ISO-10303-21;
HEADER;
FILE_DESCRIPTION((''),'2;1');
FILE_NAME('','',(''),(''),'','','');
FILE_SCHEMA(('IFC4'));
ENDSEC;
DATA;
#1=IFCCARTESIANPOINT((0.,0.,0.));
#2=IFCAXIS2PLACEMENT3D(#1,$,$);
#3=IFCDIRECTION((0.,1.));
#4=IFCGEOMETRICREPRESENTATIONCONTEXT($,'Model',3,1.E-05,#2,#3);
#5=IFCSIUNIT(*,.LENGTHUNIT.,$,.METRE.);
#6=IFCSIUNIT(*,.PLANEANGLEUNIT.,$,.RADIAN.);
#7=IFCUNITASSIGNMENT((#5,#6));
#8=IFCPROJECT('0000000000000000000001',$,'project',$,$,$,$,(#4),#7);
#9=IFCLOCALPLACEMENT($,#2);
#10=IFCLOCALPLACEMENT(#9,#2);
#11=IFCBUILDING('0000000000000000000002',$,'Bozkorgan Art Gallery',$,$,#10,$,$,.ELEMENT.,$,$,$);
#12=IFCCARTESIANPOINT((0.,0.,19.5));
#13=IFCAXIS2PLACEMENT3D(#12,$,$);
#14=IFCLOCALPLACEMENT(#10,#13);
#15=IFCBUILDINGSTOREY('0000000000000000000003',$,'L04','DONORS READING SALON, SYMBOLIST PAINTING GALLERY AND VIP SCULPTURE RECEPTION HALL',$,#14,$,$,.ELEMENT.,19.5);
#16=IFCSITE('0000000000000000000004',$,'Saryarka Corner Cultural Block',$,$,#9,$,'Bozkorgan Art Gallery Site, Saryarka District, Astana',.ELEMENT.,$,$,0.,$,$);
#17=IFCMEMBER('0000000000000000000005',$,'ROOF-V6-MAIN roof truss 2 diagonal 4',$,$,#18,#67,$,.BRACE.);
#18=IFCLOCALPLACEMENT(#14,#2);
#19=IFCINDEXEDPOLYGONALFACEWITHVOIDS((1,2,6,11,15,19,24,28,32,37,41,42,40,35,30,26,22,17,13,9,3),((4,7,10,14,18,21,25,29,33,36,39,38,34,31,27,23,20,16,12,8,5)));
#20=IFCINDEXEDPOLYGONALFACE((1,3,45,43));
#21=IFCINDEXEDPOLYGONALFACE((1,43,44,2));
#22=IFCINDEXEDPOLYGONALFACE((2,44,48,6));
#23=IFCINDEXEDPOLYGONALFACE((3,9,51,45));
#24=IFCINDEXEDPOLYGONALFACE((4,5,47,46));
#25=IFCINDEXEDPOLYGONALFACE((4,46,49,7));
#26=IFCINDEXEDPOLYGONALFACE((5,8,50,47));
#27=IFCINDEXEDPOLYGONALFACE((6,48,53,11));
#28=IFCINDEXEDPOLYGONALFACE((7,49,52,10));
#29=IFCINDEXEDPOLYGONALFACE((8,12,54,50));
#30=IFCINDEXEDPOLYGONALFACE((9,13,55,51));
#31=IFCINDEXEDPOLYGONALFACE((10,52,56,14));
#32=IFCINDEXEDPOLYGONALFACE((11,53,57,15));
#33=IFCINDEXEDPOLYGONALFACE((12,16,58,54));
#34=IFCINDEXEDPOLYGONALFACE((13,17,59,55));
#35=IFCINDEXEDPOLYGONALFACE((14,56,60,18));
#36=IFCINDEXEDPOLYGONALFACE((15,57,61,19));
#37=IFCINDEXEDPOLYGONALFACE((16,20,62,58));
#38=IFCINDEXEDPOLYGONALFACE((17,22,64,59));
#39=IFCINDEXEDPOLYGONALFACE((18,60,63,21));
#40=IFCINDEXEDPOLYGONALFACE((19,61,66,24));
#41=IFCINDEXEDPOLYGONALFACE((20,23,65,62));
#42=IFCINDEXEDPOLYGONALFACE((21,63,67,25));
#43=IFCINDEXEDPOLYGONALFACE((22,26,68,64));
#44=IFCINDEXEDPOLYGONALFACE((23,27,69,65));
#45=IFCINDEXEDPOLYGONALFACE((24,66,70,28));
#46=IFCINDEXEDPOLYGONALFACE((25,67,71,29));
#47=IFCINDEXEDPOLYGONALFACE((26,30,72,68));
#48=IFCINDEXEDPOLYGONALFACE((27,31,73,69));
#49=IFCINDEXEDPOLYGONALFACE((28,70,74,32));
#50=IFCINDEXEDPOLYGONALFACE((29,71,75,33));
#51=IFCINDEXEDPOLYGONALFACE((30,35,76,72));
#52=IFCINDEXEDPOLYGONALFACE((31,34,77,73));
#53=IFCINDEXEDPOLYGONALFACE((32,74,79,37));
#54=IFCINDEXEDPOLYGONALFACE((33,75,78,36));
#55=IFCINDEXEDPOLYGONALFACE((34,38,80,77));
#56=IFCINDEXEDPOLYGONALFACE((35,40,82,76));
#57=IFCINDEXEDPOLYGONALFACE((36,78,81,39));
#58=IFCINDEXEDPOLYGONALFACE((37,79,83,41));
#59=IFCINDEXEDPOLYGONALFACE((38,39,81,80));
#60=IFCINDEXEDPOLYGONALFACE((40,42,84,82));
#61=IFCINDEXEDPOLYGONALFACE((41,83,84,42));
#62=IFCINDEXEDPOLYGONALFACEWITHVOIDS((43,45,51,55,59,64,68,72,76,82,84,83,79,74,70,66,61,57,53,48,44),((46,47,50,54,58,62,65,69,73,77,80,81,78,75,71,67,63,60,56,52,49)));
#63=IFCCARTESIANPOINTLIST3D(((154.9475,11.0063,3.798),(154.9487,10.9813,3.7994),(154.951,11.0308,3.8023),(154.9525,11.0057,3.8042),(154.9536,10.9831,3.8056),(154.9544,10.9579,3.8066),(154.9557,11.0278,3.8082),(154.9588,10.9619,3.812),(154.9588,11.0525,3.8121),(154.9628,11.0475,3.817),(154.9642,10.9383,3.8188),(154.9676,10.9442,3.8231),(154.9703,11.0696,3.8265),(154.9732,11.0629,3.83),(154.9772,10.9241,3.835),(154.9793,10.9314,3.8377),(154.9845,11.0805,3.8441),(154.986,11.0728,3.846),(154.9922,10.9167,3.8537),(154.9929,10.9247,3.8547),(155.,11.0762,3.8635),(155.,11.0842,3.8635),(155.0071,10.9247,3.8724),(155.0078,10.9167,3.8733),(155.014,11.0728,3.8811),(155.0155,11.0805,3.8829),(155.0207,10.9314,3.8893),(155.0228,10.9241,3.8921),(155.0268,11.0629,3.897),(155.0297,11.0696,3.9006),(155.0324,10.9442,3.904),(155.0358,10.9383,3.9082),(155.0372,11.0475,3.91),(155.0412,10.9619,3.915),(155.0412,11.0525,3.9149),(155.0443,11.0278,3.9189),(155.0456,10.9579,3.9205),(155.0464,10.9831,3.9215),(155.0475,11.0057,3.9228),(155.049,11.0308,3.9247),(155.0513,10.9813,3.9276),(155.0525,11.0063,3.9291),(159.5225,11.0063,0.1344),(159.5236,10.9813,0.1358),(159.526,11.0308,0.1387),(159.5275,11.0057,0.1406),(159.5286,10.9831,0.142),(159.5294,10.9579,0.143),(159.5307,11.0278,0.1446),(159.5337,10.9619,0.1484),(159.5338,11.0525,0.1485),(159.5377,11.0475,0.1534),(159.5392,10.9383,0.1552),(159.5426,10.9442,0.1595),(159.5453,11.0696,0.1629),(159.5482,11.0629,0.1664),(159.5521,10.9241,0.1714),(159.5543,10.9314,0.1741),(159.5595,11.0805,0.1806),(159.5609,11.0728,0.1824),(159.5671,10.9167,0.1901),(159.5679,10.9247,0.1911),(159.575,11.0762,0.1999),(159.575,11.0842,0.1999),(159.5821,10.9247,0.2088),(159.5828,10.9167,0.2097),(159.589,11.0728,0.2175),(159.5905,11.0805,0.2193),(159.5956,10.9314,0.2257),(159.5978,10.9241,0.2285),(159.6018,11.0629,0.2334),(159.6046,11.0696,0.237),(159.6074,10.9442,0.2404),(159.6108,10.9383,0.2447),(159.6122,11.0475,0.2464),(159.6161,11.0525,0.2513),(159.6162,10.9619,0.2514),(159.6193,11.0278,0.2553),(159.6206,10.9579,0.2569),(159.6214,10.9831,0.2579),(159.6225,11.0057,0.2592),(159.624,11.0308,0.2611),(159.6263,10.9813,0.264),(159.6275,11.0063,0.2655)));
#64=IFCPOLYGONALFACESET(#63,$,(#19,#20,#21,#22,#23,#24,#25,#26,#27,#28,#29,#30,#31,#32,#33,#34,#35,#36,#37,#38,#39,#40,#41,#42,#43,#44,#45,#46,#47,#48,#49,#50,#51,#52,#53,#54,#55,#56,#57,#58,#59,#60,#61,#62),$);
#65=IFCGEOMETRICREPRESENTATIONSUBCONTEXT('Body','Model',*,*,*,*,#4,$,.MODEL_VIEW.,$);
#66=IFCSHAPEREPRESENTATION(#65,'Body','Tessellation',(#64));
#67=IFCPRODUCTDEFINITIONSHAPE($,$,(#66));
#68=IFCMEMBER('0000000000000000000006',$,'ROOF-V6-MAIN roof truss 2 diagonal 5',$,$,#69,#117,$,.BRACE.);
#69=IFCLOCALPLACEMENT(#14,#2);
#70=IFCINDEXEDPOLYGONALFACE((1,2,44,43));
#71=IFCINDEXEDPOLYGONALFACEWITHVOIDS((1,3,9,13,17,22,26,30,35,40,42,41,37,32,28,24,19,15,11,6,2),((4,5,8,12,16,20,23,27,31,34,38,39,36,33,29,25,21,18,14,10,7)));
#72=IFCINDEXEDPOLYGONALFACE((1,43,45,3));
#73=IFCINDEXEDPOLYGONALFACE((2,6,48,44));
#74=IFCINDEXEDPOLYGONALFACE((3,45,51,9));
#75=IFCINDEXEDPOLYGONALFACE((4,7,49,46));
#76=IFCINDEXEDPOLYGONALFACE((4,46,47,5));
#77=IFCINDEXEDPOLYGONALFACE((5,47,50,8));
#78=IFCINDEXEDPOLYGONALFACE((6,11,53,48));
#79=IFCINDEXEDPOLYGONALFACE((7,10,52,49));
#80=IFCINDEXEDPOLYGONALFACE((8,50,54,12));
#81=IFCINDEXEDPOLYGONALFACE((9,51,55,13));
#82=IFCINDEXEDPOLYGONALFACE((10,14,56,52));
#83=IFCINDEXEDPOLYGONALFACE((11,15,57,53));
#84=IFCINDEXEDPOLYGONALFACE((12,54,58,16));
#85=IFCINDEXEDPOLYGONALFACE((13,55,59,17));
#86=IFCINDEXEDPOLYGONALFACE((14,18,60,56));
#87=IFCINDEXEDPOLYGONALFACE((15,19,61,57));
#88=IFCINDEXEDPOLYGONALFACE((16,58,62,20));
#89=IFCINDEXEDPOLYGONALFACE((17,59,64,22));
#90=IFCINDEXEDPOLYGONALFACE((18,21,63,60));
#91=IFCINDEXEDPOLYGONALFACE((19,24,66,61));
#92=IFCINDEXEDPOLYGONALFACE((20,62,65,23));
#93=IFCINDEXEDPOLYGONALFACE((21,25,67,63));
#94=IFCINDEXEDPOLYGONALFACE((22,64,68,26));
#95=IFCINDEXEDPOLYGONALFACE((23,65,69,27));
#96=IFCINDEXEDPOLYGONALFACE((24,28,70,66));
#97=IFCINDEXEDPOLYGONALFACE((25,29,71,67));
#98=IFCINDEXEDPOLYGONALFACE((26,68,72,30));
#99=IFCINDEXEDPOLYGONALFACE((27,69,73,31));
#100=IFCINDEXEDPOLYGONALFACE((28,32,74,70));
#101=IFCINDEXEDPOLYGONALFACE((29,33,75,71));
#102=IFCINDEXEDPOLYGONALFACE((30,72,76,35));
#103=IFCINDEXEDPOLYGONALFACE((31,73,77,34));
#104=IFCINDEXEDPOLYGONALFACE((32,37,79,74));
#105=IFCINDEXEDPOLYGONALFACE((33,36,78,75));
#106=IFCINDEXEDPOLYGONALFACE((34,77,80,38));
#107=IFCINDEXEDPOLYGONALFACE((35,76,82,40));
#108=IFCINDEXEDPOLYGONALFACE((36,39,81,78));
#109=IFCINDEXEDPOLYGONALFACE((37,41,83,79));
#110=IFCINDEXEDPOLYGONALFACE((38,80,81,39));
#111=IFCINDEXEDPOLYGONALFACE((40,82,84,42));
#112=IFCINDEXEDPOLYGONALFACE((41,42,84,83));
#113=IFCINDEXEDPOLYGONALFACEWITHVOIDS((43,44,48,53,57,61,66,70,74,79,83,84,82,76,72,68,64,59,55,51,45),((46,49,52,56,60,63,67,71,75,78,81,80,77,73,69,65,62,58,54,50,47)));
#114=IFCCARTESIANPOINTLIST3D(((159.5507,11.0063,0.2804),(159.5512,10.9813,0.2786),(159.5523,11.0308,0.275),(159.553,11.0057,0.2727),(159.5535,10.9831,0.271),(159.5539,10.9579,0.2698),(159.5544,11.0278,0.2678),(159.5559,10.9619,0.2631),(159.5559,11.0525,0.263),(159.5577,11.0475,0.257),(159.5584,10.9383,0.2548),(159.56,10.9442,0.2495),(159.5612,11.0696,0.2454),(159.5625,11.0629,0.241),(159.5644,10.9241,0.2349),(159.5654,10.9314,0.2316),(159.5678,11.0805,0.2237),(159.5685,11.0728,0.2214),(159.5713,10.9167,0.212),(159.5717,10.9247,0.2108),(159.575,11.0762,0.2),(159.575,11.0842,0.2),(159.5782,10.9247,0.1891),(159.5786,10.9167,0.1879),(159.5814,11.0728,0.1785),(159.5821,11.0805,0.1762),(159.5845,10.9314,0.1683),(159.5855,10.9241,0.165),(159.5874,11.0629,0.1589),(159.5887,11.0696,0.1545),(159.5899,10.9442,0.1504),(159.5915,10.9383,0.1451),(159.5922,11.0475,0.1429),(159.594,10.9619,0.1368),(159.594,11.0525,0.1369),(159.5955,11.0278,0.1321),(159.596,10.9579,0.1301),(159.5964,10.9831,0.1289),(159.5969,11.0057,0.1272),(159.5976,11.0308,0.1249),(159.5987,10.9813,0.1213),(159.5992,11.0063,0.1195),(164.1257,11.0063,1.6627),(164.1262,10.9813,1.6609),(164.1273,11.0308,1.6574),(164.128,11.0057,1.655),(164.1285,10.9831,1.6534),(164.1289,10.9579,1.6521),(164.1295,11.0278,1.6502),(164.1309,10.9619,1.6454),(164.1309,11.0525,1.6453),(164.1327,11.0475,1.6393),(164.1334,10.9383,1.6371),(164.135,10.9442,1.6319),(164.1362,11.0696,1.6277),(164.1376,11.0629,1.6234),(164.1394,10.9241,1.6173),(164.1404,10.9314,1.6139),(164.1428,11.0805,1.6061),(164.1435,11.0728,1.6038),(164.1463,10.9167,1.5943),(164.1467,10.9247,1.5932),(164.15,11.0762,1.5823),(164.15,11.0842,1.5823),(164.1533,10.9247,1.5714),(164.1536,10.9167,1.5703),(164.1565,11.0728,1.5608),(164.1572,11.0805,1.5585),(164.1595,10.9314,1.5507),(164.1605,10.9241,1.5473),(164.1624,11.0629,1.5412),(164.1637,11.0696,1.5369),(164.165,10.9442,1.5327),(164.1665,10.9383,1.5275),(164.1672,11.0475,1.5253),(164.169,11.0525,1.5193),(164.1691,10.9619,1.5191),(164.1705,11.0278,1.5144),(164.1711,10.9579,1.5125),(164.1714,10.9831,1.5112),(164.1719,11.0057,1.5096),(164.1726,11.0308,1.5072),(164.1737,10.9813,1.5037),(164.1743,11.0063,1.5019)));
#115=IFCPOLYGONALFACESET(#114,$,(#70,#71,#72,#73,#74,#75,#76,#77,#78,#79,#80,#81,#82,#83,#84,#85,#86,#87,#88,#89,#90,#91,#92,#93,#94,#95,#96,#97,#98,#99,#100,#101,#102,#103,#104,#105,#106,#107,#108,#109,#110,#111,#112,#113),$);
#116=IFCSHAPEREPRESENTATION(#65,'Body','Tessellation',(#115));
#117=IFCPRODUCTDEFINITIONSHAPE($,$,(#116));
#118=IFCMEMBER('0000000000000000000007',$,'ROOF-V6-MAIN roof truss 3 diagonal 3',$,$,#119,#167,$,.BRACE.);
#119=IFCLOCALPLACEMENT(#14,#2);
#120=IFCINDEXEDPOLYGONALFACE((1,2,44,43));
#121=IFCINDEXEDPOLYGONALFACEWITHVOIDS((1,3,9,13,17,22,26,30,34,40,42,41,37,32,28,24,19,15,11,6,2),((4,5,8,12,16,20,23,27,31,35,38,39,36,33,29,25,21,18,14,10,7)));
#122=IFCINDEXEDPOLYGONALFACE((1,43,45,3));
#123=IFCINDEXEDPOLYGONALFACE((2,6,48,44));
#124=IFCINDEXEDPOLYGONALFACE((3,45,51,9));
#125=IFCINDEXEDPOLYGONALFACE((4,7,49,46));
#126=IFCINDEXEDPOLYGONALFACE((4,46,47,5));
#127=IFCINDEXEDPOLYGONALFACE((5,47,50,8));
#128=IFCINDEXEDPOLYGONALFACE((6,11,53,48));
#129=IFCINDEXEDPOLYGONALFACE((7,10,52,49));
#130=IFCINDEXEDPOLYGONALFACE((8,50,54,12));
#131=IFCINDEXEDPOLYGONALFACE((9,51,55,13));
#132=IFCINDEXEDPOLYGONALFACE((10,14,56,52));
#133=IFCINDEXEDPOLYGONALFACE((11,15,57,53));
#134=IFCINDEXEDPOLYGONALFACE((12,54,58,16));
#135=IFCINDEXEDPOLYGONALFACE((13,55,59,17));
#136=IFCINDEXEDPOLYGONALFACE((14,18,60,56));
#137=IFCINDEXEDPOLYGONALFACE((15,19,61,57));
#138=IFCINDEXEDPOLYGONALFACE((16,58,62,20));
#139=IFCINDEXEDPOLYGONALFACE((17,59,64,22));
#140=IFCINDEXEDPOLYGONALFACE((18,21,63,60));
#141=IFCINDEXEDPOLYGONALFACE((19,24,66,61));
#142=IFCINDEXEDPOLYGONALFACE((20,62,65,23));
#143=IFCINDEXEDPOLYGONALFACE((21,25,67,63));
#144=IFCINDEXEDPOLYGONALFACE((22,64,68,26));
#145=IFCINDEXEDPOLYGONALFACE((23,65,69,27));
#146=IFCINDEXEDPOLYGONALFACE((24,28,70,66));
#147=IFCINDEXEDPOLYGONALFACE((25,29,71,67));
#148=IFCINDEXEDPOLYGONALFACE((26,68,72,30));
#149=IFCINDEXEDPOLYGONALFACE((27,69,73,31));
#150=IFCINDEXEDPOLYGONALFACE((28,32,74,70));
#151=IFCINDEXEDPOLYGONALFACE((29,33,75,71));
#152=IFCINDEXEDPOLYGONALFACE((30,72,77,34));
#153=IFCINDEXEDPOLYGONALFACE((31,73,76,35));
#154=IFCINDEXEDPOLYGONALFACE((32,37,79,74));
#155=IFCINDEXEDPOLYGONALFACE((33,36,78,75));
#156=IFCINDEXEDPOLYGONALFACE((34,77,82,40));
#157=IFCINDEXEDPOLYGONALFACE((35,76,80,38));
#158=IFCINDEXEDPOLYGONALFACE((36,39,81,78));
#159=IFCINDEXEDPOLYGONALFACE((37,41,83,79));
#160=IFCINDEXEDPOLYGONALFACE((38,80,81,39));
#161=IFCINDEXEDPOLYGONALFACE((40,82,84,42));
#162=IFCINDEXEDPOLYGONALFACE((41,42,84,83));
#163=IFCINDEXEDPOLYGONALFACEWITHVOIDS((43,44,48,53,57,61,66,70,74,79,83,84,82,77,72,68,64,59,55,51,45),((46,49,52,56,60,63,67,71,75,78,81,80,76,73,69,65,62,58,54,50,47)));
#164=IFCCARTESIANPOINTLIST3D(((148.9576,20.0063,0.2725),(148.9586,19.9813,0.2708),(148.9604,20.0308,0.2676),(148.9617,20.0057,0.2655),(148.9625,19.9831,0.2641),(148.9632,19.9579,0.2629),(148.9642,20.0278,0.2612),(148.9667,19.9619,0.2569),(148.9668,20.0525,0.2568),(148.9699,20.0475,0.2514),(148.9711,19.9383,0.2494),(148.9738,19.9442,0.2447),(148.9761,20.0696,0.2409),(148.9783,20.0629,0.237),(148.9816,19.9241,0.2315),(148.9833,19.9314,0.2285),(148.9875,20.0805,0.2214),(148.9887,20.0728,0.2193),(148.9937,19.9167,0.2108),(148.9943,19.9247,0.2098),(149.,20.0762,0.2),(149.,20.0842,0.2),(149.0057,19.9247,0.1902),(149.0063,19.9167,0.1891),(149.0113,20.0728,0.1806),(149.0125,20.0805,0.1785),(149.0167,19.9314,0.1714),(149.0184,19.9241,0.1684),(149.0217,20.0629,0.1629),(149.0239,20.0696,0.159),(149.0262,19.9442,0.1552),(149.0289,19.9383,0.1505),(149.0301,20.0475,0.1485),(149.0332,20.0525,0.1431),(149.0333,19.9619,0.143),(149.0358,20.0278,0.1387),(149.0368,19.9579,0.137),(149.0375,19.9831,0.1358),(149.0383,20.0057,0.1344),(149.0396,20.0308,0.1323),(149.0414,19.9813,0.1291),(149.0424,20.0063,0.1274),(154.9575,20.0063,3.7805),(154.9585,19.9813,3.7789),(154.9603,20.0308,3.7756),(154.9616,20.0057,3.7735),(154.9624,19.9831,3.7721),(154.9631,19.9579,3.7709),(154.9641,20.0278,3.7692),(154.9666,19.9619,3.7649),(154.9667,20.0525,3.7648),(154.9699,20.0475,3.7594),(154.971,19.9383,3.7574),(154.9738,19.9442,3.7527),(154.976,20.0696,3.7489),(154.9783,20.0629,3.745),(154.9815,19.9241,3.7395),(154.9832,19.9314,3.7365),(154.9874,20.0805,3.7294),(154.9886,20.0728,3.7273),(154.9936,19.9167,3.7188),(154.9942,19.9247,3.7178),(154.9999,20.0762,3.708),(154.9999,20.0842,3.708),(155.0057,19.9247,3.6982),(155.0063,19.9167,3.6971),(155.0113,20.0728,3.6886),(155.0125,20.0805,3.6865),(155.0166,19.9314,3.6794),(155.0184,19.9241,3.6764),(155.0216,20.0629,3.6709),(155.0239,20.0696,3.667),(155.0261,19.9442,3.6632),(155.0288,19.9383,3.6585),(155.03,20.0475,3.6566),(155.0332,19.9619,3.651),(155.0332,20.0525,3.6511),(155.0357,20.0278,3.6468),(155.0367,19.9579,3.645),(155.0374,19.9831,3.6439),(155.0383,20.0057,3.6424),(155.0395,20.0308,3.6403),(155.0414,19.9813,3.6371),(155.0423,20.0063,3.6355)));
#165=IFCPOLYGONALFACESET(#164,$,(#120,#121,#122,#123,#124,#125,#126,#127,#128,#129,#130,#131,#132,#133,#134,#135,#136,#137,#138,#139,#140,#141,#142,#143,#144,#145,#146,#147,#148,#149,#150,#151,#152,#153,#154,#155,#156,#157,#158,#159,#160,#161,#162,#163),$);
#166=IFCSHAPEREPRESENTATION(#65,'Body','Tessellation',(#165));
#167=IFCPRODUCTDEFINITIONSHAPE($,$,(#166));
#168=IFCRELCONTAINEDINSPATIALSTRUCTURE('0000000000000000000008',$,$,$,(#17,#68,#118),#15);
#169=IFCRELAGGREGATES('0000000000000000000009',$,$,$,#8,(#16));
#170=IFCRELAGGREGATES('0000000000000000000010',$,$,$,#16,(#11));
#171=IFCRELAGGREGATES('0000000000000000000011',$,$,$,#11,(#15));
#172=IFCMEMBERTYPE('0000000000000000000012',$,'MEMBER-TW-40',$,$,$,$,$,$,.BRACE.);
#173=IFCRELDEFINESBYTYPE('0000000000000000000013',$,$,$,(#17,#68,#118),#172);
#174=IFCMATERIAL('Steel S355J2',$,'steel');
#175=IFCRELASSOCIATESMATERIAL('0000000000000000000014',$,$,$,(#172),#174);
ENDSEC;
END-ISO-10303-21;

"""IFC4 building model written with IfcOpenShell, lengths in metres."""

from ifc_helpers import new_model, si_unit, direction, frame, origin, origin_2d, place, context, subcontext, project, spatial, hollow_circle, extrude, material, material_profile, profile_set, type_object, element, save


model = new_model("IFC4")

# Units and contexts
model_context = context("Model", 3, precision=1e-05, world=origin(), true_north=direction((0.0, 1.0)))
body_context = subcontext(model_context, "Body", "Model", "MODEL_VIEW")
ifc_project = project(units=[si_unit("LENGTHUNIT", "METRE"), si_unit("PLANEANGLEUNIT", "RADIAN")], contexts=[model_context])

# Site, building, storey
site_placement = place(None, origin())
site = spatial("IfcSite", under=ifc_project, at=site_placement, Name="Saryarka Corner Cultural Block", LongName="Bozkorgan Art Gallery Site, Saryarka District, Astana", CompositionType="ELEMENT", RefElevation=0.0)
building_placement = place(site_placement, origin())
building = spatial("IfcBuilding", under=site, at=building_placement, Name="Bozkorgan Art Gallery", CompositionType="ELEMENT")
storey_placement = place(building_placement, frame((0.0, 0.0, 19.5)))
storey = spatial("IfcBuildingStorey", under=building, at=storey_placement, Name="L04", Description="DONORS READING SALON, SYMBOLIST PAINTING GALLERY AND VIP SCULPTURE RECEPTION HALL", CompositionType="ELEMENT", Elevation=19.5)

# Members
ifc_material_1 = material(Name="Steel S355J2", Category="steel")
ifc_material_profile_1 = material_profile(ifc_material_1, hollow_circle(Radius=0.0842, WallThickness=0.0081, at=origin_2d()), Name="CHS 168.3x8")
ifc_profile_set_1 = profile_set([ifc_material_profile_1], Name="Steel S355J2")
member_type_1 = type_object("IfcMemberType", Name="MEMBER-TW-40", PredefinedType="BRACE", material=ifc_profile_set_1)
member_1_placement = place(storey_placement, frame((155.0, 11.0, 3.8635), z_axis=(0.780568, 0.0, -0.625071), x_axis=(0.0, 1.0, 0.0)))
element("IfcMember", 1, at=member_1_placement, inside=storey, type_object=member_type_1, Name="ROOF-V6-MAIN roof truss 2 diagonal 4", PredefinedType="BRACE", context=body_context, shape_type="SweptSolid", body=[
    extrude(hollow_circle(Radius=0.0842, WallThickness=0.0081, at=origin_2d()), origin(), (0.0, 0.0, 1.0), 5.8611),
])
member_2_placement = place(storey_placement, frame((159.575, 11.0, 0.2), z_axis=(0.957258, 0.0, 0.289236), x_axis=(0.0, 1.0, 0.0)))
element("IfcMember", 2, at=member_2_placement, inside=storey, type_object=member_type_1, Name="ROOF-V6-MAIN roof truss 2 diagonal 5", PredefinedType="BRACE", context=body_context, shape_type="SweptSolid", body=[
    extrude(hollow_circle(Radius=0.0842, WallThickness=0.0081, at=origin_2d()), origin(), (0.0, 0.0, 1.0), 4.7793),
])
member_3_placement = place(storey_placement, frame((149.0, 20.0, 0.2), z_axis=(0.863274, 0.0, 0.504736), x_axis=(0.0, 1.0, 0.0)))
element("IfcMember", 3, at=member_3_placement, inside=storey, type_object=member_type_1, Name="ROOF-V6-MAIN roof truss 3 diagonal 3", PredefinedType="BRACE", context=body_context, shape_type="SweptSolid", body=[
    extrude(hollow_circle(Radius=0.0842, WallThickness=0.0081, at=origin_2d()), origin(), (0.0, 0.0, 1.0), 6.9502),
])

save(model, "model.ifc")
